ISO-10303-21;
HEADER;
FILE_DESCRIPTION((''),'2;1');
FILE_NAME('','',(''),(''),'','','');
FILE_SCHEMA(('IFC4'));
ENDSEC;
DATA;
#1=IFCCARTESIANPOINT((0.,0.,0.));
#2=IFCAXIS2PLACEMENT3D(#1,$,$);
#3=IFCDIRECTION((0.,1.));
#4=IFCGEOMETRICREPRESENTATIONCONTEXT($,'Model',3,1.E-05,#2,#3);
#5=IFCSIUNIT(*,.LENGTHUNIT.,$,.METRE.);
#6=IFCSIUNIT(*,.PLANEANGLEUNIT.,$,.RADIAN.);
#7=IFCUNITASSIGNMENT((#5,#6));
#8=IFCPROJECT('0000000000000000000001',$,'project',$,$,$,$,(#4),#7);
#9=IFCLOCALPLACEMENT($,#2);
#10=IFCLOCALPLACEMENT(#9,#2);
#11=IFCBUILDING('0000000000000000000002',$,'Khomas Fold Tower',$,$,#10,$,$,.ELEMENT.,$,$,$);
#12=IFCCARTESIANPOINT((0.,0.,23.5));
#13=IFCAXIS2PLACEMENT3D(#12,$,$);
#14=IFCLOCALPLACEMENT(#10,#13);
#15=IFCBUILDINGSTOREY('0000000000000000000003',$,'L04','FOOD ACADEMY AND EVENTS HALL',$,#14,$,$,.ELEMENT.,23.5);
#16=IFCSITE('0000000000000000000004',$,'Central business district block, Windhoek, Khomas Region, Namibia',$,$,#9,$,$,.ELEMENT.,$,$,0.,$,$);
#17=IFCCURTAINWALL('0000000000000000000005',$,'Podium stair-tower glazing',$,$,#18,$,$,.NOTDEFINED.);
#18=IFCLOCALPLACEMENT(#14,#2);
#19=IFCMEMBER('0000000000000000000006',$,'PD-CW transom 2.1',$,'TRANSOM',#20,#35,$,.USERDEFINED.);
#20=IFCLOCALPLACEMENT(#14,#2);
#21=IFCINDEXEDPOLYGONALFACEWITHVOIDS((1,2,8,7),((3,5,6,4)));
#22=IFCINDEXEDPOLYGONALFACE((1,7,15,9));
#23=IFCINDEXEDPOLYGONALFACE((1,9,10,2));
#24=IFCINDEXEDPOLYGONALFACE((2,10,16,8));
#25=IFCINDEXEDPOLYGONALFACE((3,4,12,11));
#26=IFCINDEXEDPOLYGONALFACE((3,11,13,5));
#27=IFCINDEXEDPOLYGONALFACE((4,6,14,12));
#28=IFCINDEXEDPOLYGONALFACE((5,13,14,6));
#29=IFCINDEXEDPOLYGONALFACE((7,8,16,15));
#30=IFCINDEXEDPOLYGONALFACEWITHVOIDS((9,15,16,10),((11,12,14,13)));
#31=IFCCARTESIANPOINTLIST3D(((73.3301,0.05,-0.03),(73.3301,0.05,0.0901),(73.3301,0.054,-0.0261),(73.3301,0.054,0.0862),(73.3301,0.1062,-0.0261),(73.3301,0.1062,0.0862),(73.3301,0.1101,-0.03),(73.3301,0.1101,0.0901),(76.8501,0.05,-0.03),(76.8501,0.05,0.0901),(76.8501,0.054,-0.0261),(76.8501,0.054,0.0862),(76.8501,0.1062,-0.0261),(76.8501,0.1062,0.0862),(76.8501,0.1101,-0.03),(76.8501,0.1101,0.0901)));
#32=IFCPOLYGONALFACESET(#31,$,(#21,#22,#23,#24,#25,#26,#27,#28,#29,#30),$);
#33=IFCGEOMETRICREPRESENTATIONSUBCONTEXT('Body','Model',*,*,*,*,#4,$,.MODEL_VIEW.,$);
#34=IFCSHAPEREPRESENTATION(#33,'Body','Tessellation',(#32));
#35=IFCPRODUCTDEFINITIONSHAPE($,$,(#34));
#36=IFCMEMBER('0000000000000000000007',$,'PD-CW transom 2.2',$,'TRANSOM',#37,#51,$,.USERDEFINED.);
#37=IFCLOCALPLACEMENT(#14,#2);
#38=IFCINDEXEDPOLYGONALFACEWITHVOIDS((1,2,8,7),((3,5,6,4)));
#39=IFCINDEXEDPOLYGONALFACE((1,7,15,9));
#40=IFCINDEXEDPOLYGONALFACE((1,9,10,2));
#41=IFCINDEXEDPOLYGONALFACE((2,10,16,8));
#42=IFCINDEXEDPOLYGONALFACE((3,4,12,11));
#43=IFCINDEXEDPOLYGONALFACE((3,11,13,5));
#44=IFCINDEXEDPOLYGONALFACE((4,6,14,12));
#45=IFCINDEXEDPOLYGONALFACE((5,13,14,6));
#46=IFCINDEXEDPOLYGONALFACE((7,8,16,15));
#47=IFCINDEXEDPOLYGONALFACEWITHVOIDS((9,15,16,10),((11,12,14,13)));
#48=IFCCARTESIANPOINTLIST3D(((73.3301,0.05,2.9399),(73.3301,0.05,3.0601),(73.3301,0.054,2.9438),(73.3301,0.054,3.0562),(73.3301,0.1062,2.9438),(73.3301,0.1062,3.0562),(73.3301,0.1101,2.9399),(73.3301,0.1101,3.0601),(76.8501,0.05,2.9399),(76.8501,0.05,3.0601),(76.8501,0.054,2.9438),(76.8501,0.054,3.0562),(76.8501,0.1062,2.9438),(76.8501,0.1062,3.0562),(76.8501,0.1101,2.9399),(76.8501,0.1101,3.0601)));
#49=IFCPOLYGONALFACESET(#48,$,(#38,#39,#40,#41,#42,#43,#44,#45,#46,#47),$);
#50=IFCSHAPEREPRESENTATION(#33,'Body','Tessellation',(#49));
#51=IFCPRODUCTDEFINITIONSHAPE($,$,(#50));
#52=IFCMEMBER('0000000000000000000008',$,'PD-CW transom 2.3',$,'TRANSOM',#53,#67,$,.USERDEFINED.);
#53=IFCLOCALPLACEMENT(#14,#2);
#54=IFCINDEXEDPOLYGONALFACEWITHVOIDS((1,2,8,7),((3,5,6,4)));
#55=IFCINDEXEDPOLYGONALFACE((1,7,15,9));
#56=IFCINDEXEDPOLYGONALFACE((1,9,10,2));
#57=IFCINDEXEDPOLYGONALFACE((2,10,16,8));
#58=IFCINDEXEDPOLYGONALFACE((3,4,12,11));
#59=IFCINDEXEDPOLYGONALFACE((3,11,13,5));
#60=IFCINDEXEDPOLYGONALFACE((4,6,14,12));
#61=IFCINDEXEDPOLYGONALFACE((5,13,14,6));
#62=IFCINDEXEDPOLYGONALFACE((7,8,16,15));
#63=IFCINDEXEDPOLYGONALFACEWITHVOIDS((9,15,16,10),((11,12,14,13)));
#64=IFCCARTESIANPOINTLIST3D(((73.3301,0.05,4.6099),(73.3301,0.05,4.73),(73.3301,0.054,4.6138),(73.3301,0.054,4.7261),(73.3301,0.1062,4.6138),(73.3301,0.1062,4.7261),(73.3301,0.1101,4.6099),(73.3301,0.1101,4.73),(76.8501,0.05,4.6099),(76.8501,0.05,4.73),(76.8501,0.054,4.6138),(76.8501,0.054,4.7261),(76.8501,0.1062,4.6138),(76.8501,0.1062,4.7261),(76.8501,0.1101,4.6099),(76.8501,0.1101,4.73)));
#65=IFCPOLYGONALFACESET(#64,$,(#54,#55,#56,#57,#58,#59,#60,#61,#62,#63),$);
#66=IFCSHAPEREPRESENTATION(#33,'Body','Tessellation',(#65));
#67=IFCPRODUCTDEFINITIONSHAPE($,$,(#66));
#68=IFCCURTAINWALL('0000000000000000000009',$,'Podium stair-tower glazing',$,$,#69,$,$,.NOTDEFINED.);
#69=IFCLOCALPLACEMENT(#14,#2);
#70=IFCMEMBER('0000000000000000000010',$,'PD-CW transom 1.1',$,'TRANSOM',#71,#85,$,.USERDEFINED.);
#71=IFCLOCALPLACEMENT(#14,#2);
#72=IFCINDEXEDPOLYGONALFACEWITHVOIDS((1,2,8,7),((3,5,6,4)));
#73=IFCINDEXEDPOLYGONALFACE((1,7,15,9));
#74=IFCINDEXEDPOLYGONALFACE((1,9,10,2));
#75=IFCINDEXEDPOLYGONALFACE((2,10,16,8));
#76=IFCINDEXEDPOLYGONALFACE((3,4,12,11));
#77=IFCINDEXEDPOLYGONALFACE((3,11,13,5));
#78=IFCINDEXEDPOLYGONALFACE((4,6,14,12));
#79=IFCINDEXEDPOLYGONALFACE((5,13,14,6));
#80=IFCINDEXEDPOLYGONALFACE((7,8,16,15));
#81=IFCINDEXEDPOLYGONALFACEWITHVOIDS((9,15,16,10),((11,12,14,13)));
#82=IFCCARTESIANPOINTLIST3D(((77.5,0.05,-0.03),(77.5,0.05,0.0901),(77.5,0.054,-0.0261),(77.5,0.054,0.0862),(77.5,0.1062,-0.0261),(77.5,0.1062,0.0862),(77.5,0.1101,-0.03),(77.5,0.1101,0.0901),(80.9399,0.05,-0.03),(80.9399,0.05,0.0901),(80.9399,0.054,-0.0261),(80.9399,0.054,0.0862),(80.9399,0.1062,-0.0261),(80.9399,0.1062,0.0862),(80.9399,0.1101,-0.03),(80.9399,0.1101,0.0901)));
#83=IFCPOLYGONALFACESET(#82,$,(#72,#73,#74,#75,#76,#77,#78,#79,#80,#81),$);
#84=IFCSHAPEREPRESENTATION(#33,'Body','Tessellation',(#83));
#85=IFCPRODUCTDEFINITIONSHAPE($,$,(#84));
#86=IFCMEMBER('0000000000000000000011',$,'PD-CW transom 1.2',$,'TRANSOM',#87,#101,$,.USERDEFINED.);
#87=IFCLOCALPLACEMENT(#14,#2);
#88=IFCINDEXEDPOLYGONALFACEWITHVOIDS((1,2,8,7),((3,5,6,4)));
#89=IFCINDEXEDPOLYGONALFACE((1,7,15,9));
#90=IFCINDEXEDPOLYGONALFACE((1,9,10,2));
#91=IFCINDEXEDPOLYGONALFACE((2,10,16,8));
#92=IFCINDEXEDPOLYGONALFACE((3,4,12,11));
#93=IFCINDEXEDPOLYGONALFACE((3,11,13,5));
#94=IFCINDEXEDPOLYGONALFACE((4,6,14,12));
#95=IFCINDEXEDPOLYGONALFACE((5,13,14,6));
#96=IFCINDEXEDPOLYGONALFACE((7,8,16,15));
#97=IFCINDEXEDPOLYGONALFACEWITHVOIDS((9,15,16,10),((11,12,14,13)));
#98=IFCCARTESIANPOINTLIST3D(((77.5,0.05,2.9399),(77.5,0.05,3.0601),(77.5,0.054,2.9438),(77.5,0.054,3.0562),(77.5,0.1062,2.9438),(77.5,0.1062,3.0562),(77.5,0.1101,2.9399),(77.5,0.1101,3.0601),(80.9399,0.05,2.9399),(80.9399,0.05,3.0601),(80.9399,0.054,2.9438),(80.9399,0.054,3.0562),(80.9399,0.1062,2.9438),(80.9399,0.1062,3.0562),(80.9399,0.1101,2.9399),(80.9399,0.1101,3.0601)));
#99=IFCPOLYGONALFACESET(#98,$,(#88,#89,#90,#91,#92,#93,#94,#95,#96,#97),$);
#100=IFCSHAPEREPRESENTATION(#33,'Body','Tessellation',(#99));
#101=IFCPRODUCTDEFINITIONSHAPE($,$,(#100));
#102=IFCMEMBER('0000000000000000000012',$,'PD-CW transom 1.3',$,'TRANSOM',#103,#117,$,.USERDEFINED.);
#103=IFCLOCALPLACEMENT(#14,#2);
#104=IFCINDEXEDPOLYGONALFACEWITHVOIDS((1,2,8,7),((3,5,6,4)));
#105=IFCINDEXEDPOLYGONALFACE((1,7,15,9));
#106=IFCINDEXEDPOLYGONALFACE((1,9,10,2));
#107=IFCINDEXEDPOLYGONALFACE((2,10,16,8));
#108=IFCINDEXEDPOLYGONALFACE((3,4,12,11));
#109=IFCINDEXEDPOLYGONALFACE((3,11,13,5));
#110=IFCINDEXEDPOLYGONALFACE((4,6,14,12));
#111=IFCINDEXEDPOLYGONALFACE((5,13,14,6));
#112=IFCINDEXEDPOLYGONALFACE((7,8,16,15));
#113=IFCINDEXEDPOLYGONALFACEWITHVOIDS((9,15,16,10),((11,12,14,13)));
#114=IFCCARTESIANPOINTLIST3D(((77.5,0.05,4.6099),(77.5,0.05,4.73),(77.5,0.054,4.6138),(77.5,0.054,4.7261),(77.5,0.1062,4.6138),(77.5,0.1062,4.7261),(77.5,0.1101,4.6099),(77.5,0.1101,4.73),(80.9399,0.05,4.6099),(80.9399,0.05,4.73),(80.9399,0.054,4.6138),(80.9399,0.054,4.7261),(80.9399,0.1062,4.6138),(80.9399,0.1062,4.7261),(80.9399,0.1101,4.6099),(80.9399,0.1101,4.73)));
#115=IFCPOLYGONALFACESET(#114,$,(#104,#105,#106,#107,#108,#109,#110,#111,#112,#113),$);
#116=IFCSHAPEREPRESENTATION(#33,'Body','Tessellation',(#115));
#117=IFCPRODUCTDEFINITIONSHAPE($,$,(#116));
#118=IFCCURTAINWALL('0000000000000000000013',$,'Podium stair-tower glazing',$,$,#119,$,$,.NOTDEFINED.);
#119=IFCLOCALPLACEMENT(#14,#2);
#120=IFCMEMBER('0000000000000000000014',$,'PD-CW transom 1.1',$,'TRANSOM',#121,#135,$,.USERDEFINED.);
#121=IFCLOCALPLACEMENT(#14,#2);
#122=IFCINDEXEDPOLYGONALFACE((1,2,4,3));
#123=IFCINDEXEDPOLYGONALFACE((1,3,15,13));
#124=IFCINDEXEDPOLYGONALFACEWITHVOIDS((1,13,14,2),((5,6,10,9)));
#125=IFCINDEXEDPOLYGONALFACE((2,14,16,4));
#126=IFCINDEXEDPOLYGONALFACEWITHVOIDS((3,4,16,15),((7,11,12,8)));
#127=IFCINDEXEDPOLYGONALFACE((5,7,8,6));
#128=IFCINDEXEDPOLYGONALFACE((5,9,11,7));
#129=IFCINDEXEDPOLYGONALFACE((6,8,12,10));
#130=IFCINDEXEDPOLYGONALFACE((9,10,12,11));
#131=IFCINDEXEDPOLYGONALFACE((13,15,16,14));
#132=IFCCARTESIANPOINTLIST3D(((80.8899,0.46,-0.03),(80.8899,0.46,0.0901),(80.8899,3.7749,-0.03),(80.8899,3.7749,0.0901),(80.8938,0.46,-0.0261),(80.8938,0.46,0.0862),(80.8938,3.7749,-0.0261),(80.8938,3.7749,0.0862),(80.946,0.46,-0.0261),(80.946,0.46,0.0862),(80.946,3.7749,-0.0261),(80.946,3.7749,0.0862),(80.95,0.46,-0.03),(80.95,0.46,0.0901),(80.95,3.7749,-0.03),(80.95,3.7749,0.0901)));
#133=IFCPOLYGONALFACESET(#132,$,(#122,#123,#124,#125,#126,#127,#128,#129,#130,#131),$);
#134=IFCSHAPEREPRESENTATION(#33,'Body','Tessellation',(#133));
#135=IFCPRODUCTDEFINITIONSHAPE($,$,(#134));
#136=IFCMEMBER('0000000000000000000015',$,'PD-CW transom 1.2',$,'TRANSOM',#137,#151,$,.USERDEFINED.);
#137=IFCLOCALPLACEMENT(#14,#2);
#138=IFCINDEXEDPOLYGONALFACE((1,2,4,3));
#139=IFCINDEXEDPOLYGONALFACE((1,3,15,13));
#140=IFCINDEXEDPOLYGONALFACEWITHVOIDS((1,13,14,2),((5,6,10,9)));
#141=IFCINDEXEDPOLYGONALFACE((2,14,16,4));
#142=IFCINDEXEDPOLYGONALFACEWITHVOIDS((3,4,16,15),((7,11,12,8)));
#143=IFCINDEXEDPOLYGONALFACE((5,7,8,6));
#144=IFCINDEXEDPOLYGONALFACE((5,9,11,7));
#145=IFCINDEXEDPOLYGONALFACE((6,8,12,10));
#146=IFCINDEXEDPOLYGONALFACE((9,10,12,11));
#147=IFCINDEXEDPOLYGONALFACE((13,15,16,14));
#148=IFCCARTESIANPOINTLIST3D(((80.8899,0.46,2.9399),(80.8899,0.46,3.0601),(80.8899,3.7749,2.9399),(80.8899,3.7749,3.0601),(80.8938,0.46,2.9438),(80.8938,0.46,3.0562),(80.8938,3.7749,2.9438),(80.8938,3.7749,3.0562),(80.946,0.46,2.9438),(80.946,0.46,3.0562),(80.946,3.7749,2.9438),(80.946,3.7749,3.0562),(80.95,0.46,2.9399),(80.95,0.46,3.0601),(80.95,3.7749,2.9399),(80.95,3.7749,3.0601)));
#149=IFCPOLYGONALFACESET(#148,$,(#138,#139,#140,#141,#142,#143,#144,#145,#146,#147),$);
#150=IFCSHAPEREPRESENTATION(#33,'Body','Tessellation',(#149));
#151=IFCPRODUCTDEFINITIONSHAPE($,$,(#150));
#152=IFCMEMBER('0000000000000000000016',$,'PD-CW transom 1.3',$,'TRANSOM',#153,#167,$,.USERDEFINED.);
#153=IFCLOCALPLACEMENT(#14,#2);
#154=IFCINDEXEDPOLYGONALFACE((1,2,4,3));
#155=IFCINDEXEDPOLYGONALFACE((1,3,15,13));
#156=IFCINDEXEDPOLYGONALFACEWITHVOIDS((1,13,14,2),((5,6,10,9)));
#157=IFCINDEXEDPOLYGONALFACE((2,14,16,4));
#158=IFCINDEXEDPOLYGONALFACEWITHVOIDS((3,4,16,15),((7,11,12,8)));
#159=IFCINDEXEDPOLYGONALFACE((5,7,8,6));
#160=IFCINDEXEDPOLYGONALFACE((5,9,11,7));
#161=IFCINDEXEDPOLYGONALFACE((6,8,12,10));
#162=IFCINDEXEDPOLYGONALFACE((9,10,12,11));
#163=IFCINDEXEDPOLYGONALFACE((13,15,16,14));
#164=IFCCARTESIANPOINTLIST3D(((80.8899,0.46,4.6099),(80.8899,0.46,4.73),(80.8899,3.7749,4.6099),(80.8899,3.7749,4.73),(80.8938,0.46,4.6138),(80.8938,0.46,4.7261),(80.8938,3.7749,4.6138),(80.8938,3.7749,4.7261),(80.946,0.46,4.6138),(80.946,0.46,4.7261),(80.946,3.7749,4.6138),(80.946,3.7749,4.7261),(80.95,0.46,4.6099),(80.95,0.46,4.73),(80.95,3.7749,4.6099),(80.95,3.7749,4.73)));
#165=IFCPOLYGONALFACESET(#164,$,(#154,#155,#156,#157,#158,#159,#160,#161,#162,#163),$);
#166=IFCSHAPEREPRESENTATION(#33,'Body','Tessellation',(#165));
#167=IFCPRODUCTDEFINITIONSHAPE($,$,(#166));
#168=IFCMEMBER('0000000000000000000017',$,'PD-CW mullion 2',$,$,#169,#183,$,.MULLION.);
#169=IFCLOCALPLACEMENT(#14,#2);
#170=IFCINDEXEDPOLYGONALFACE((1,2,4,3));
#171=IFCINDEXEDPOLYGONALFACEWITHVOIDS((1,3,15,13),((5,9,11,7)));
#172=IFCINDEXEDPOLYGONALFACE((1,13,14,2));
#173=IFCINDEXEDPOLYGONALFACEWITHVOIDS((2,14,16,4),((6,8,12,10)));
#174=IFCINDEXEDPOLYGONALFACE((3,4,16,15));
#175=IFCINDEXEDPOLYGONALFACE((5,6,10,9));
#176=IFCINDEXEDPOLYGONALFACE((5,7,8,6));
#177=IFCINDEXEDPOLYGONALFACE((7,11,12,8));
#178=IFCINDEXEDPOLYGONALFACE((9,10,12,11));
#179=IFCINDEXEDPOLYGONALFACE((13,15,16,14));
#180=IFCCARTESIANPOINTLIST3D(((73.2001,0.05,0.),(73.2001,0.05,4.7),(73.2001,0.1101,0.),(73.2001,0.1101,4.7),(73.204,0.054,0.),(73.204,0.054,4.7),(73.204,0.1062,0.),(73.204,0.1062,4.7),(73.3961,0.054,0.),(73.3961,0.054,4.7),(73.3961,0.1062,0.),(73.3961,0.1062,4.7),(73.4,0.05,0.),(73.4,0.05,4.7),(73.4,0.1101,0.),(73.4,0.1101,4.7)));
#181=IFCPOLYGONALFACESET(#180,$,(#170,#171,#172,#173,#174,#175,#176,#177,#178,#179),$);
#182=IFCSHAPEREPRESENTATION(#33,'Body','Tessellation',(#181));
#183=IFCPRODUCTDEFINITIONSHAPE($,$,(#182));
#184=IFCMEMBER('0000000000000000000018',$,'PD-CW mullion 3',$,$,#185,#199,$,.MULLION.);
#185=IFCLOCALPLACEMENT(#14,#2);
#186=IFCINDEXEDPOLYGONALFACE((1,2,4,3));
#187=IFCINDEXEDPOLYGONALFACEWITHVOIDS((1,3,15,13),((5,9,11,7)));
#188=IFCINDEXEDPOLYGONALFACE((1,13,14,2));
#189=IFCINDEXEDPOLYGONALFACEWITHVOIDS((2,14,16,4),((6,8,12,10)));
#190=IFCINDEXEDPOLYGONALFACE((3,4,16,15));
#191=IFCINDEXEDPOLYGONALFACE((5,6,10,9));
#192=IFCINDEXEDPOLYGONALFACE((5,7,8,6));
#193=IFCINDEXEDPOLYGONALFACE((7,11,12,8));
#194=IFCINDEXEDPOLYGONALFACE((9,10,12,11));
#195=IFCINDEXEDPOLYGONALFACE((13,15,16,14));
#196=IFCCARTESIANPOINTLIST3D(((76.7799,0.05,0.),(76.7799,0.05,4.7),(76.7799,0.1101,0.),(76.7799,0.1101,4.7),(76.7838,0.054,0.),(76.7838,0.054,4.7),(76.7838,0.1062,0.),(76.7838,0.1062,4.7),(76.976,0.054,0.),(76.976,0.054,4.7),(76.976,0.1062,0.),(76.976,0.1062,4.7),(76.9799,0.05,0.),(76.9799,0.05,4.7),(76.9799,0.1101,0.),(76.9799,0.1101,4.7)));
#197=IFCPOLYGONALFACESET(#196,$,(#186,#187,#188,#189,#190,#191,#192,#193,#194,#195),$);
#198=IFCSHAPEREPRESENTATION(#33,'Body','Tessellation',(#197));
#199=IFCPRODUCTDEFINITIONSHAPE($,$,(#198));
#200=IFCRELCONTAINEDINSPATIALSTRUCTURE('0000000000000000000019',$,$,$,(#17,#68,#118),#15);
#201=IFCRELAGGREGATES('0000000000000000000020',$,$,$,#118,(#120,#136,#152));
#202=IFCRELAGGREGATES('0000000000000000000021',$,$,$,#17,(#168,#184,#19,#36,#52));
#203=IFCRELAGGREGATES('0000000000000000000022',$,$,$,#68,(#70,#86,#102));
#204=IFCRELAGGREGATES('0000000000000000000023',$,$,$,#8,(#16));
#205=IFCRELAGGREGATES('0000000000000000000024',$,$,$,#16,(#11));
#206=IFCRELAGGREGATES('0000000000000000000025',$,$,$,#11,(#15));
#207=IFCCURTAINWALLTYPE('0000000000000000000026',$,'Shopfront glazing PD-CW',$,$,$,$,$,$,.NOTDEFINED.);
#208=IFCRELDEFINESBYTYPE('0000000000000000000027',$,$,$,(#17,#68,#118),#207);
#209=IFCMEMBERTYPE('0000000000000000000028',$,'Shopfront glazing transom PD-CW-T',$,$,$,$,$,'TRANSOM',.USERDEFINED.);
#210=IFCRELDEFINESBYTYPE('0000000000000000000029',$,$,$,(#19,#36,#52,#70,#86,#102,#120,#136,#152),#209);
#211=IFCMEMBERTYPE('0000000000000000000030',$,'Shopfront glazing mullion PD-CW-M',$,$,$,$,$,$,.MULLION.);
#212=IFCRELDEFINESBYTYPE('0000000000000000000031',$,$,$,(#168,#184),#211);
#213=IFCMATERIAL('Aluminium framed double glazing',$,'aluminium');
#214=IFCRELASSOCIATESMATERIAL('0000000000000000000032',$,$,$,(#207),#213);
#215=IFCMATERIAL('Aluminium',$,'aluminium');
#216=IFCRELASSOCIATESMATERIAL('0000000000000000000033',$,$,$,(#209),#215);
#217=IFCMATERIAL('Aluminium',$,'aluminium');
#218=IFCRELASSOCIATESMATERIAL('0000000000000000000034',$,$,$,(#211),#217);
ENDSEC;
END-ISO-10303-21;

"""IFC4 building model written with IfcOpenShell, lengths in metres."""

from ifc_helpers import new_model, si_unit, direction, frame, origin, origin_2d, place, context, subcontext, project, spatial, hollow_rectangle, extrude, source, transform, mapped, material, material_profile, profile_set, type_object, element, aggregate, save


model = new_model("IFC4")

# Units and contexts
model_context = context("Model", 3, precision=1e-05, world=origin(), true_north=direction((0.0, 1.0)))
body_context = subcontext(model_context, "Body", "Model", "MODEL_VIEW")
ifc_project = project(units=[si_unit("LENGTHUNIT", "METRE"), si_unit("PLANEANGLEUNIT", "RADIAN")], contexts=[model_context])

# Site, building, storey
site_placement = place(None, origin())
site = spatial("IfcSite", under=ifc_project, at=site_placement, Name="Central business district block, Windhoek, Khomas Region, Namibia", CompositionType="ELEMENT", RefElevation=0.0)
building_placement = place(site_placement, origin())
building = spatial("IfcBuilding", under=site, at=building_placement, Name="Khomas Fold Tower", CompositionType="ELEMENT")
storey_placement = place(building_placement, frame((0.0, 0.0, 23.5)))
storey = spatial("IfcBuildingStorey", under=building, at=storey_placement, Name="L04", Description="FOOD ACADEMY AND EVENTS HALL", CompositionType="ELEMENT", Elevation=23.5)

# Curtain walls, members
ifc_material_1 = material(Name="Aluminium framed double glazing", Category="aluminium")
curtain_wall_type = type_object("IfcCurtainWallType", Name="Shopfront glazing PD-CW", PredefinedType="NOTDEFINED", material=ifc_material_1)
curtain_wall_1_placement = place(storey_placement, origin())
curtain_wall_1 = element("IfcCurtainWall", 1, at=curtain_wall_1_placement, inside=storey, type_object=curtain_wall_type, Name="Podium stair-tower glazing", PredefinedType="NOTDEFINED")
ifc_material_2 = material(Name="Aluminium", Category="aluminium")
ifc_material_profile_1 = material_profile(ifc_material_2, hollow_rectangle(XDim=0.0601, YDim=0.1201, WallThickness=0.0039, at=origin_2d()), Name="Shopfront glazing transom PD-CW-T")
ifc_profile_set_1 = profile_set([ifc_material_profile_1], Name="Aluminium")
member_type_1 = type_object("IfcMemberType", Name="Shopfront glazing transom PD-CW-T", ElementType="TRANSOM", PredefinedType="USERDEFINED", material=ifc_profile_set_1)
shared_shape_1 = source(origin(), body_context, "Body", "SweptSolid", [
    extrude(hollow_rectangle(XDim=0.0601, YDim=0.1201, WallThickness=0.0039, at=origin_2d()), origin(), (0.0, 0.0, 1.0), 3.52),
])
member_1_placement = place(storey_placement, frame((73.3301, 0.0801, 0.03), z_axis=(1.0, 0.0, 0.0), x_axis=(0.0, 1.0, 0.0)))
member_1 = element("IfcMember", 2, at=member_1_placement, type_object=member_type_1, Name="PD-CW transom 2.1", ObjectType="TRANSOM", PredefinedType="USERDEFINED", context=body_context, shape_type="MappedRepresentation", body=[
    mapped(shared_shape_1, transform((0.0, 0.0, 0.0))),
])
member_2_placement = place(storey_placement, frame((73.3301, 0.0801, 3.0), z_axis=(1.0, 0.0, 0.0), x_axis=(0.0, 1.0, 0.0)))
member_2 = element("IfcMember", 3, at=member_2_placement, type_object=member_type_1, Name="PD-CW transom 2.2", ObjectType="TRANSOM", PredefinedType="USERDEFINED", context=body_context, shape_type="MappedRepresentation", body=[
    mapped(shared_shape_1, transform((0.0, 0.0, 0.0))),
])
member_3_placement = place(storey_placement, frame((73.3301, 0.0801, 4.6699), z_axis=(1.0, 0.0, 0.0), x_axis=(0.0, 1.0, 0.0)))
member_3 = element("IfcMember", 4, at=member_3_placement, type_object=member_type_1, Name="PD-CW transom 2.3", ObjectType="TRANSOM", PredefinedType="USERDEFINED", context=body_context, shape_type="MappedRepresentation", body=[
    mapped(shared_shape_1, transform((0.0, 0.0, 0.0))),
])
curtain_wall_2_placement = place(storey_placement, origin())
curtain_wall_2 = element("IfcCurtainWall", 5, at=curtain_wall_2_placement, inside=storey, type_object=curtain_wall_type, Name="Podium stair-tower glazing", PredefinedType="NOTDEFINED")
shared_shape_2 = source(origin(), body_context, "Body", "SweptSolid", [
    extrude(hollow_rectangle(XDim=0.0601, YDim=0.1201, WallThickness=0.0039, at=origin_2d()), origin(), (0.0, 0.0, 1.0), 3.4399),
])
member_4_placement = place(storey_placement, frame((77.5, 0.0801, 0.03), z_axis=(1.0, 0.0, 0.0), x_axis=(0.0, 1.0, 0.0)))
member_4 = element("IfcMember", 6, at=member_4_placement, type_object=member_type_1, Name="PD-CW transom 1.1", ObjectType="TRANSOM", PredefinedType="USERDEFINED", context=body_context, shape_type="MappedRepresentation", body=[
    mapped(shared_shape_2, transform((0.0, 0.0, 0.0))),
])
member_5_placement = place(storey_placement, frame((77.5, 0.0801, 3.0), z_axis=(1.0, 0.0, 0.0), x_axis=(0.0, 1.0, 0.0)))
member_5 = element("IfcMember", 7, at=member_5_placement, type_object=member_type_1, Name="PD-CW transom 1.2", ObjectType="TRANSOM", PredefinedType="USERDEFINED", context=body_context, shape_type="MappedRepresentation", body=[
    mapped(shared_shape_2, transform((0.0, 0.0, 0.0))),
])
member_6_placement = place(storey_placement, frame((77.5, 0.0801, 4.6699), z_axis=(1.0, 0.0, 0.0), x_axis=(0.0, 1.0, 0.0)))
member_6 = element("IfcMember", 8, at=member_6_placement, type_object=member_type_1, Name="PD-CW transom 1.3", ObjectType="TRANSOM", PredefinedType="USERDEFINED", context=body_context, shape_type="MappedRepresentation", body=[
    mapped(shared_shape_2, transform((0.0, 0.0, 0.0))),
])
curtain_wall_3_placement = place(storey_placement, origin())
curtain_wall_3 = element("IfcCurtainWall", 9, at=curtain_wall_3_placement, inside=storey, type_object=curtain_wall_type, Name="Podium stair-tower glazing", PredefinedType="NOTDEFINED")
shared_shape_3 = source(origin(), body_context, "Body", "SweptSolid", [
    extrude(hollow_rectangle(XDim=0.0601, YDim=0.1201, WallThickness=0.0039, at=origin_2d()), origin(), (0.0, 0.0, 1.0), 3.3149),
])
member_7_placement = place(storey_placement, frame((80.9199, 0.46, 0.03), z_axis=(0.0, 1.0, 0.0), x_axis=(-1.0, 0.0, 0.0)))
member_7 = element("IfcMember", 10, at=member_7_placement, type_object=member_type_1, Name="PD-CW transom 1.1", ObjectType="TRANSOM", PredefinedType="USERDEFINED", context=body_context, shape_type="MappedRepresentation", body=[
    mapped(shared_shape_3, transform((0.0, 0.0, 0.0))),
])
member_8_placement = place(storey_placement, frame((80.9199, 0.46, 3.0), z_axis=(0.0, 1.0, 0.0), x_axis=(-1.0, 0.0, 0.0)))
member_8 = element("IfcMember", 11, at=member_8_placement, type_object=member_type_1, Name="PD-CW transom 1.2", ObjectType="TRANSOM", PredefinedType="USERDEFINED", context=body_context, shape_type="MappedRepresentation", body=[
    mapped(shared_shape_3, transform((0.0, 0.0, 0.0))),
])
member_9_placement = place(storey_placement, frame((80.9199, 0.46, 4.6699), z_axis=(0.0, 1.0, 0.0), x_axis=(-1.0, 0.0, 0.0)))
member_9 = element("IfcMember", 12, at=member_9_placement, type_object=member_type_1, Name="PD-CW transom 1.3", ObjectType="TRANSOM", PredefinedType="USERDEFINED", context=body_context, shape_type="MappedRepresentation", body=[
    mapped(shared_shape_3, transform((0.0, 0.0, 0.0))),
])

# Members
ifc_material_3 = material(Name="Aluminium", Category="aluminium")
ifc_material_profile_2 = material_profile(ifc_material_3, hollow_rectangle(XDim=0.0601, YDim=0.2, WallThickness=0.0039, at=origin_2d()), Name="Shopfront glazing mullion PD-CW-M")
ifc_profile_set_2 = profile_set([ifc_material_profile_2], Name="Aluminium")
member_type_2 = type_object("IfcMemberType", Name="Shopfront glazing mullion PD-CW-M", PredefinedType="MULLION", material=ifc_profile_set_2)
shared_shape_4 = source(origin(), body_context, "Body", "SweptSolid", [
    extrude(hollow_rectangle(XDim=0.0601, YDim=0.2, WallThickness=0.0039, at=origin_2d()), origin(), (0.0, 0.0, 1.0), 4.7),
])
member_10_placement = place(storey_placement, frame((73.3, 0.0801, 0.0), z_axis=(0.0, 0.0, 1.0), x_axis=(0.0, 1.0, 0.0)))
member_10 = element("IfcMember", 13, at=member_10_placement, type_object=member_type_2, Name="PD-CW mullion 2", PredefinedType="MULLION", context=body_context, shape_type="MappedRepresentation", body=[
    mapped(shared_shape_4, transform((0.0, 0.0, 0.0))),
])
member_11_placement = place(storey_placement, frame((76.8799, 0.0801, 0.0), z_axis=(0.0, 0.0, 1.0), x_axis=(0.0, 1.0, 0.0)))
member_11 = element("IfcMember", 14, at=member_11_placement, type_object=member_type_2, Name="PD-CW mullion 3", PredefinedType="MULLION", context=body_context, shape_type="MappedRepresentation", body=[
    mapped(shared_shape_4, transform((0.0, 0.0, 0.0))),
])
aggregate(curtain_wall_3, [member_7, member_8, member_9])

aggregate(curtain_wall_1, [member_10, member_11, member_1, member_2, member_3])
aggregate(curtain_wall_2, [member_4, member_5, member_6])

save(model, "model.ifc")
